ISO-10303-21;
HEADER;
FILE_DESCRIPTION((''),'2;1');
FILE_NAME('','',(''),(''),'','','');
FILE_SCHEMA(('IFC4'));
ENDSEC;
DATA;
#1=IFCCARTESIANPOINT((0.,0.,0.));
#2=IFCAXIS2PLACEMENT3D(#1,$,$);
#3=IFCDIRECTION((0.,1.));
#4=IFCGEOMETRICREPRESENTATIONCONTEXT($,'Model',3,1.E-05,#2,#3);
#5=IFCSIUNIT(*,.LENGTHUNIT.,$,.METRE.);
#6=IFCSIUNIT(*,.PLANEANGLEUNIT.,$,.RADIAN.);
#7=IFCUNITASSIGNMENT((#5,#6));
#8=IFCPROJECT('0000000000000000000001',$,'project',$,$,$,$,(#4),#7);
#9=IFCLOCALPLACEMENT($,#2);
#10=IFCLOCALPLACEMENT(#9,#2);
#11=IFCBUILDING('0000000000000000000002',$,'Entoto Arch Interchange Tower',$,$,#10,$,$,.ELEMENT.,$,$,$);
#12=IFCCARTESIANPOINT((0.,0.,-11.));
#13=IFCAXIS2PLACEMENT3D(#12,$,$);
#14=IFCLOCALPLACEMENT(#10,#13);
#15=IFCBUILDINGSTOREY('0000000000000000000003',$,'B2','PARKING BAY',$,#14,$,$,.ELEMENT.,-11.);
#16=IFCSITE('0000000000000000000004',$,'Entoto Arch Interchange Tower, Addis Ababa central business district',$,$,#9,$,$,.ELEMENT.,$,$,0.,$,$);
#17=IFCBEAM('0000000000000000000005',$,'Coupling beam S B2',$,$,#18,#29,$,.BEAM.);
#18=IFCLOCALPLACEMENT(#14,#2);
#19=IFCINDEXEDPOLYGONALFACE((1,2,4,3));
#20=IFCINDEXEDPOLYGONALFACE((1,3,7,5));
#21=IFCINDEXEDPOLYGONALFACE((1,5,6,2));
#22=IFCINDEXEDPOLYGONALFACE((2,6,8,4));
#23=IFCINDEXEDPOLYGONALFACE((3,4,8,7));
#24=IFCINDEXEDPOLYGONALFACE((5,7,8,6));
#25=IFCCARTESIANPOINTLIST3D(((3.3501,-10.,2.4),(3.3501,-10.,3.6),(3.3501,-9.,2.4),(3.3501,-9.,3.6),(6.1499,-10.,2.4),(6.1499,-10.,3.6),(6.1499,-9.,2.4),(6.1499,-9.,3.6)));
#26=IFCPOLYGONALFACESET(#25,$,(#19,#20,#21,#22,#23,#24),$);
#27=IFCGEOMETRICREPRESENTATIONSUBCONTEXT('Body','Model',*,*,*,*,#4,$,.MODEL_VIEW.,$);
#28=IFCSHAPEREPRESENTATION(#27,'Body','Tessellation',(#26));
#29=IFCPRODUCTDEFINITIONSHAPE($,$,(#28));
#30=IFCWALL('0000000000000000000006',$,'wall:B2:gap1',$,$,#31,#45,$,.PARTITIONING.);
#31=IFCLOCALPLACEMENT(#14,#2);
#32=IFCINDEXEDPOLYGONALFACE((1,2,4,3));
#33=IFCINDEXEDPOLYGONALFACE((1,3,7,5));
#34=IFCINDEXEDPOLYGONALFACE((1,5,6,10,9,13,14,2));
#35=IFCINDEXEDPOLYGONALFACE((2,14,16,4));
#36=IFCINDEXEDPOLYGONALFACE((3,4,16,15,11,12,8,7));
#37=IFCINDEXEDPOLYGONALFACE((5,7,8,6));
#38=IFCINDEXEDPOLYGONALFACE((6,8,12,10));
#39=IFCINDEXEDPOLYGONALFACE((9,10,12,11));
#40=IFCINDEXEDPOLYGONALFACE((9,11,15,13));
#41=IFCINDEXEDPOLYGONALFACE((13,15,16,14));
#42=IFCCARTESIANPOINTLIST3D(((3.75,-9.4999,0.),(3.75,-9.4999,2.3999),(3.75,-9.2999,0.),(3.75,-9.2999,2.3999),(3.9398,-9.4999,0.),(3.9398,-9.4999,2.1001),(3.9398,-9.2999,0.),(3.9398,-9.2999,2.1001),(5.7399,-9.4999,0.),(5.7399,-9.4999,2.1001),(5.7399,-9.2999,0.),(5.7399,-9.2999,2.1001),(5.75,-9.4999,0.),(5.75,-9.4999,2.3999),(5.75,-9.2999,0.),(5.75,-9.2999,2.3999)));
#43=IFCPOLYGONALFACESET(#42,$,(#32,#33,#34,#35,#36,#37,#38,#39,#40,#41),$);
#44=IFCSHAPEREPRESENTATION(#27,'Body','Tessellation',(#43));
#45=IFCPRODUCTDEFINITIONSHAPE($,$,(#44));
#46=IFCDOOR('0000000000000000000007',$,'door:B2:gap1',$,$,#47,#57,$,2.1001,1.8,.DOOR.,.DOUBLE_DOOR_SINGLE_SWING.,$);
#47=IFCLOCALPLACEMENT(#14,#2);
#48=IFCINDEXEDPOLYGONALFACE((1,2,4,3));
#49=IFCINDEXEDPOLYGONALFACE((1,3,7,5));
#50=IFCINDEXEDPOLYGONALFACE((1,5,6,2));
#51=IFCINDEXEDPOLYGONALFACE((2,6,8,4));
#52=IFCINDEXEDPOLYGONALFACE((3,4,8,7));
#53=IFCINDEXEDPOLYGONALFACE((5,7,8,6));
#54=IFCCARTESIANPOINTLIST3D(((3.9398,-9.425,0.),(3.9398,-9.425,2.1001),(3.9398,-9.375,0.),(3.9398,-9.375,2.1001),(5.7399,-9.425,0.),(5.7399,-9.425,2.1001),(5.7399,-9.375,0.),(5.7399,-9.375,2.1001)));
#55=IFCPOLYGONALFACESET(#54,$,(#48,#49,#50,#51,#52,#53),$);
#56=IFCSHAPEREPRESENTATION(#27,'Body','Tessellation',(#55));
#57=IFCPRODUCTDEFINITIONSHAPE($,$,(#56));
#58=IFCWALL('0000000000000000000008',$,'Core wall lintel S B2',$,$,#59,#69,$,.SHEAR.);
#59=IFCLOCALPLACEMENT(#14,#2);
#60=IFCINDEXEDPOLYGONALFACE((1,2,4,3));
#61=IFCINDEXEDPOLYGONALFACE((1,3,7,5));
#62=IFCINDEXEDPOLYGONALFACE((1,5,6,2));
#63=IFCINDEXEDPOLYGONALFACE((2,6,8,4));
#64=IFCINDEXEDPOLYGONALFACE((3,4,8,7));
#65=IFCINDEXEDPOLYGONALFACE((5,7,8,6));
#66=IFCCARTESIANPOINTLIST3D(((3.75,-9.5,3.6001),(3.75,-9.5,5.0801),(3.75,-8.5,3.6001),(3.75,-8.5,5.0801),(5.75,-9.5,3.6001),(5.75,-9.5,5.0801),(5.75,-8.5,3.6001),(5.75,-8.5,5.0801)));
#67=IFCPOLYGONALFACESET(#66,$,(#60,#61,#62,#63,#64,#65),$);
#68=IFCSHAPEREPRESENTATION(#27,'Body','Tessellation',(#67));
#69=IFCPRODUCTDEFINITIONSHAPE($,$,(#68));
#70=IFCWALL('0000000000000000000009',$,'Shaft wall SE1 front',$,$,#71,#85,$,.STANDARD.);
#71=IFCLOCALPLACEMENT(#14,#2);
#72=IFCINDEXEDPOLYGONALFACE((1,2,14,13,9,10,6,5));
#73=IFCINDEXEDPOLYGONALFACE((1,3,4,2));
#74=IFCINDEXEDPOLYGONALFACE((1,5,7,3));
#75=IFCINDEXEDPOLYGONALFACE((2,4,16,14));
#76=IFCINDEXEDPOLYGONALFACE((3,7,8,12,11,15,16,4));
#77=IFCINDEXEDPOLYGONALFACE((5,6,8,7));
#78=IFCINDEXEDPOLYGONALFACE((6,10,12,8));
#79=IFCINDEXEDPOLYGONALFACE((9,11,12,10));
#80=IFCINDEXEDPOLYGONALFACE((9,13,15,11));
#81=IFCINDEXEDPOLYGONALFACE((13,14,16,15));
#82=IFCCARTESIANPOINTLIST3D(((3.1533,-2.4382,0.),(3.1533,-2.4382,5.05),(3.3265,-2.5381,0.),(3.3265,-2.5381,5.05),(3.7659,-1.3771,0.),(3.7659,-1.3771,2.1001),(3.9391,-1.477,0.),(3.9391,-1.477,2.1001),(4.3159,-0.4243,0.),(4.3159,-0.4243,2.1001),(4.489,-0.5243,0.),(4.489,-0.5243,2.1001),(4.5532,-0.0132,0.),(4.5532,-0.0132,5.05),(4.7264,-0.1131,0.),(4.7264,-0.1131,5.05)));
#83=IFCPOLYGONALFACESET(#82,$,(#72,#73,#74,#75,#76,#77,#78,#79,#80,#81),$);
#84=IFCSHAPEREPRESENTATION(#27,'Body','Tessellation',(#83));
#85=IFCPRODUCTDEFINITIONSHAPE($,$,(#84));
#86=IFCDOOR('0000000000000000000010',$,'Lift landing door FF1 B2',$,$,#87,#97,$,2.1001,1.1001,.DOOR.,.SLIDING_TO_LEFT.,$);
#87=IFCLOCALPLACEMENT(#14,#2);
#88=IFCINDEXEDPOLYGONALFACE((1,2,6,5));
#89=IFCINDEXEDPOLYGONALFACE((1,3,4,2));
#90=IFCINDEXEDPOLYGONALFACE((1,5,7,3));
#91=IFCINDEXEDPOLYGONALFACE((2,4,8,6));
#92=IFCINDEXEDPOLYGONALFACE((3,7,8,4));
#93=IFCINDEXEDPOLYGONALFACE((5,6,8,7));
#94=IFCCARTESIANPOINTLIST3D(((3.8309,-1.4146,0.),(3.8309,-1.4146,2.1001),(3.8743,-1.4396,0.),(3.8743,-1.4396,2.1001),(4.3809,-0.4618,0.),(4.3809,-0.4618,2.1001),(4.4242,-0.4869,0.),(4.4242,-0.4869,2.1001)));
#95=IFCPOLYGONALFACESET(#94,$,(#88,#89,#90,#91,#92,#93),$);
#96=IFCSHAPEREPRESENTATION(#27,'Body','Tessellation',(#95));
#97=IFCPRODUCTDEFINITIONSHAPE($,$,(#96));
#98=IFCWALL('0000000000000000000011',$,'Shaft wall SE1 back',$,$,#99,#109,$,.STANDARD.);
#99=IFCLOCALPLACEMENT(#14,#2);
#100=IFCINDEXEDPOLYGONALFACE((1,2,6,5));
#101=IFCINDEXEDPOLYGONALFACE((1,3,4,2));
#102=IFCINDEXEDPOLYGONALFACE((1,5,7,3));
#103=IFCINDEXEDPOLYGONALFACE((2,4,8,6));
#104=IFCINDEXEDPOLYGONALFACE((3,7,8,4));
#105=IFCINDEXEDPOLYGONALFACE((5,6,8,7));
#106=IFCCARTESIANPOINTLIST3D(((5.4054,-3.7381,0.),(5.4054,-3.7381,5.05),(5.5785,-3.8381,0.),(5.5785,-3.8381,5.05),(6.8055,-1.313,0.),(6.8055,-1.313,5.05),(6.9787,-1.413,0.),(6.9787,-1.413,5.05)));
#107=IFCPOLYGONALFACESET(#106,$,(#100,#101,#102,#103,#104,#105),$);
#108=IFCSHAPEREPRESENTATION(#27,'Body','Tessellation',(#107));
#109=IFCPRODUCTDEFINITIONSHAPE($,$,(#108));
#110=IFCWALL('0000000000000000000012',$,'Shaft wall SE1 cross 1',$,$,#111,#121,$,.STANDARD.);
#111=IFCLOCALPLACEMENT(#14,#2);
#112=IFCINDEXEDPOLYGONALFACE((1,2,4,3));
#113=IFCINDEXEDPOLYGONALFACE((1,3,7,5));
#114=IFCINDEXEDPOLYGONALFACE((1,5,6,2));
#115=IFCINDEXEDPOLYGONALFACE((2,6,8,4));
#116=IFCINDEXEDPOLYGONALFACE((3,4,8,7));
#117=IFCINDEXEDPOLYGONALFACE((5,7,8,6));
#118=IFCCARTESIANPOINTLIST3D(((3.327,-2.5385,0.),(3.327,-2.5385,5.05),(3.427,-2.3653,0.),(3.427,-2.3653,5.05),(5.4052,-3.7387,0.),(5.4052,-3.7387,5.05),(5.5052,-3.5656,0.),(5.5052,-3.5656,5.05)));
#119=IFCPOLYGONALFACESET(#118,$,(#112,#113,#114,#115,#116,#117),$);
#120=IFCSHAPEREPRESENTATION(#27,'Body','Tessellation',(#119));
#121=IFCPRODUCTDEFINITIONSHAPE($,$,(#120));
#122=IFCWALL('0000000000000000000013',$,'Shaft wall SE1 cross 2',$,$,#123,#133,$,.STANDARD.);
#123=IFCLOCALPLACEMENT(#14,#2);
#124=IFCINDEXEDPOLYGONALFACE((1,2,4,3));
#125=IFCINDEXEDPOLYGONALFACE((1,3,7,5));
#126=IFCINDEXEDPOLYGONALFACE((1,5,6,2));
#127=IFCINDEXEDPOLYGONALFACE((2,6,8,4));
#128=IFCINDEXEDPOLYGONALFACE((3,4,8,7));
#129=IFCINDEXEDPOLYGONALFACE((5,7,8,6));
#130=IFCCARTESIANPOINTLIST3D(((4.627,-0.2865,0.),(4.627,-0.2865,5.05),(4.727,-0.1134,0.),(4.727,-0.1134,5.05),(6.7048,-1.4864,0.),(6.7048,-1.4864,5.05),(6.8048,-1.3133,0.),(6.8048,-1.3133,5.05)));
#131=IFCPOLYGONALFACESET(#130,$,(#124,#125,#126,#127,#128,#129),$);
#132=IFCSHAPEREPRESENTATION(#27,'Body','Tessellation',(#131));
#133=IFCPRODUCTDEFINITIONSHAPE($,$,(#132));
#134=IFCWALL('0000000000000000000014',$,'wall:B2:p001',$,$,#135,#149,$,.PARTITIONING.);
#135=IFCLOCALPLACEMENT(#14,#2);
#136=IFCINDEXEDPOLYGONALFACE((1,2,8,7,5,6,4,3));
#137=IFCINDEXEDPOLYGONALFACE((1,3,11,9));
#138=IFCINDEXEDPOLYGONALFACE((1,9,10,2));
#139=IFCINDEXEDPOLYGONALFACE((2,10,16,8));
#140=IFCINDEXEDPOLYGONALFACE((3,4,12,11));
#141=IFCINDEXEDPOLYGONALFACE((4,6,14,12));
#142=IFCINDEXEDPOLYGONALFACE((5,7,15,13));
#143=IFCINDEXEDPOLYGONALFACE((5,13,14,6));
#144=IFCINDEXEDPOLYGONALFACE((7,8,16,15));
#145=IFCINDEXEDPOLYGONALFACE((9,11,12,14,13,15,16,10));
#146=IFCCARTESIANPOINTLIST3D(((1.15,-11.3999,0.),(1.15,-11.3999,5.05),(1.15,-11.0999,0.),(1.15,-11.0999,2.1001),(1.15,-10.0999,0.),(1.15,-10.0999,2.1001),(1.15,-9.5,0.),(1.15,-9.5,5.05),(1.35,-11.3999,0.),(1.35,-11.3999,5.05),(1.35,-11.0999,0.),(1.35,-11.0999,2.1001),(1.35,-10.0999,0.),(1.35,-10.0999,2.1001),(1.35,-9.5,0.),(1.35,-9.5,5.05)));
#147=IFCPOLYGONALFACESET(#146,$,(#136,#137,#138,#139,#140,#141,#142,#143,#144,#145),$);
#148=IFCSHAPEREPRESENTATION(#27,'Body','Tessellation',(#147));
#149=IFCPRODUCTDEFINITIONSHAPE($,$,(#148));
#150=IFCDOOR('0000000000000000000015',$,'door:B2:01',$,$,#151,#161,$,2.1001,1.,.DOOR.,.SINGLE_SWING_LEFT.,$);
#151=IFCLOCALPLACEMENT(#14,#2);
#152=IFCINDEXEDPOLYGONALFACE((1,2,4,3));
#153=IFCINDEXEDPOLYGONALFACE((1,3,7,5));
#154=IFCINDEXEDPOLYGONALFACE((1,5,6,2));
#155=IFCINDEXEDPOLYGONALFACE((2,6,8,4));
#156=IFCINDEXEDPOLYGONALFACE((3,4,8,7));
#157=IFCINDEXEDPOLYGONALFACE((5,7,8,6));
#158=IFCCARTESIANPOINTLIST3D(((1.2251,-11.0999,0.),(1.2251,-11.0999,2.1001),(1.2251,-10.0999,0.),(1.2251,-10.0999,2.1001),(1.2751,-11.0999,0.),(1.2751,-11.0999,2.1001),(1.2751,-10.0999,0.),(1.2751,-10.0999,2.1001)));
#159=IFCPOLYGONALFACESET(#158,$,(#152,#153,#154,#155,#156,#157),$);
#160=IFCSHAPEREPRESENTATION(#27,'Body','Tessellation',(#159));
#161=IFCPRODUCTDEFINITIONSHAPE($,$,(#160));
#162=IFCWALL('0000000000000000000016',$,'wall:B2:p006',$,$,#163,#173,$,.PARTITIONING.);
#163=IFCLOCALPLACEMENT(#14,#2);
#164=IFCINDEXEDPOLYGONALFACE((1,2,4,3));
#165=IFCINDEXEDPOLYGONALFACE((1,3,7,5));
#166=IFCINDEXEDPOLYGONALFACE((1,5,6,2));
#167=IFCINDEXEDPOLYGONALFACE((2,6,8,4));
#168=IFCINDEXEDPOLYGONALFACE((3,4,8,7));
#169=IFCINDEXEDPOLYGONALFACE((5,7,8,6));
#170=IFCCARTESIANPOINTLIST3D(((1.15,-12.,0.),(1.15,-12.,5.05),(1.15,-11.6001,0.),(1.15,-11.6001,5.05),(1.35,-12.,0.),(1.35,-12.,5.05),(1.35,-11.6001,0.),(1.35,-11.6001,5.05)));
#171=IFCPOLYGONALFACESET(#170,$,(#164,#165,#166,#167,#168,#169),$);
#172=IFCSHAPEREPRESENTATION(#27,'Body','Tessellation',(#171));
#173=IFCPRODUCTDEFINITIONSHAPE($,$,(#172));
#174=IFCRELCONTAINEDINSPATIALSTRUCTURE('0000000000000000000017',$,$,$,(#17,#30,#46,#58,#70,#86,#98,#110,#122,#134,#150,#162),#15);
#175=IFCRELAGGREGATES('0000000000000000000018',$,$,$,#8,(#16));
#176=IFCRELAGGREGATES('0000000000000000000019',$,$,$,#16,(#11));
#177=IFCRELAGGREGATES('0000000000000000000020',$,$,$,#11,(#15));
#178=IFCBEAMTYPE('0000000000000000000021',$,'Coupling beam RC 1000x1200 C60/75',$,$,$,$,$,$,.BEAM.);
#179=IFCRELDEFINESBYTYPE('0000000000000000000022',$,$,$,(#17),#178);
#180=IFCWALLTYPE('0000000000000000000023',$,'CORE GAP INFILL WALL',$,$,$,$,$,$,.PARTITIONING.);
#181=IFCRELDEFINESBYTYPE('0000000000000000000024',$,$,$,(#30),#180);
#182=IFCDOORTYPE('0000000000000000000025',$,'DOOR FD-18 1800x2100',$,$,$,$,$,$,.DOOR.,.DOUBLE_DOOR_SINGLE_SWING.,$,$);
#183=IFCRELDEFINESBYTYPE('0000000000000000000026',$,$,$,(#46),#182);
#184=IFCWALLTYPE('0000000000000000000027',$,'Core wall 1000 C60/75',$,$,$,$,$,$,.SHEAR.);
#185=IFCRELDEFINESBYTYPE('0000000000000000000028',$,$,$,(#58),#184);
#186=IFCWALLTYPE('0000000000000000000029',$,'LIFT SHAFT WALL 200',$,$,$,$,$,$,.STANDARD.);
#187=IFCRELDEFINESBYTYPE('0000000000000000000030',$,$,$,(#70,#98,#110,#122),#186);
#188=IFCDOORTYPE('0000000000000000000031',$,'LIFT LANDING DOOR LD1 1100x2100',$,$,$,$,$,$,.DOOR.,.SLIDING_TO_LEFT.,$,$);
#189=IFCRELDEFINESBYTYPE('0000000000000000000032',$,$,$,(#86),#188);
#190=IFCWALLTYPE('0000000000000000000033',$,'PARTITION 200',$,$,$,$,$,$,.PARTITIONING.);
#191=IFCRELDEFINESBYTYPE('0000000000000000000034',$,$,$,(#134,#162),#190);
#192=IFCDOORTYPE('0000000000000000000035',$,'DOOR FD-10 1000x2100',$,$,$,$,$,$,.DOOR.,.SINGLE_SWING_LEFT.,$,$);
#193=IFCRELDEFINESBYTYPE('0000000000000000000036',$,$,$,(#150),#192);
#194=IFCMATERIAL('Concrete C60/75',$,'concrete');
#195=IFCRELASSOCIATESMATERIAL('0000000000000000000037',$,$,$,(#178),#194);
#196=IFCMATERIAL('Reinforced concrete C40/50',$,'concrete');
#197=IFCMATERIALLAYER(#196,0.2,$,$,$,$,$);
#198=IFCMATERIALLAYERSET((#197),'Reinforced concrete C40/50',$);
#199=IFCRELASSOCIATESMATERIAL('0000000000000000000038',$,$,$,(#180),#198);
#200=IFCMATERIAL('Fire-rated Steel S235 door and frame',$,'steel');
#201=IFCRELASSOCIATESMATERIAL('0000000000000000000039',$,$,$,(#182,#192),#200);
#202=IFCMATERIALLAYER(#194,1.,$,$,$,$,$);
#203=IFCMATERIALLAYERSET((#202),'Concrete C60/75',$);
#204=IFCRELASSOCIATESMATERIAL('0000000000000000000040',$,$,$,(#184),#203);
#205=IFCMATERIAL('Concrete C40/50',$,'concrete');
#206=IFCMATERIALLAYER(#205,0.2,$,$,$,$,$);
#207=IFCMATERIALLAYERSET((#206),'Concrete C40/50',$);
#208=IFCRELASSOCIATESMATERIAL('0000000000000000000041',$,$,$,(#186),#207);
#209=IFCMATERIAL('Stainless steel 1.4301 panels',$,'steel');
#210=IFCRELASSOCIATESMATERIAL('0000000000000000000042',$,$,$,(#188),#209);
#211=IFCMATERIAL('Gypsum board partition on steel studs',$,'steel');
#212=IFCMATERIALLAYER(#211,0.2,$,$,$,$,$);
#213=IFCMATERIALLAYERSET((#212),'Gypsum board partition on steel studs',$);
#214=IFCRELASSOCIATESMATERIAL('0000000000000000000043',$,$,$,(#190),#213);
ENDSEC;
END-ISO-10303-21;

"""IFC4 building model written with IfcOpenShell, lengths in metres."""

from ifc_helpers import new_model, si_unit, direction, frame, frame_2d, origin, origin_2d, place, context, subcontext, project, spatial, polyline, rectangle, outline, extrude, material, layer, layer_set, material_profile, profile_set, type_object, element, fill, save


model = new_model("IFC4")

# Units and contexts
model_context = context("Model", 3, precision=1e-05, world=origin(), true_north=direction((0.0, 1.0)))
body_context = subcontext(model_context, "Body", "Model", "MODEL_VIEW")
ifc_project = project(units=[si_unit("LENGTHUNIT", "METRE"), si_unit("PLANEANGLEUNIT", "RADIAN")], contexts=[model_context])

# Site, building, storey
site_placement = place(None, origin())
site = spatial("IfcSite", under=ifc_project, at=site_placement, Name="Entoto Arch Interchange Tower, Addis Ababa central business district", CompositionType="ELEMENT", RefElevation=0.0)
building_placement = place(site_placement, origin())
building = spatial("IfcBuilding", under=site, at=building_placement, Name="Entoto Arch Interchange Tower", CompositionType="ELEMENT")
storey_placement = place(building_placement, frame((0.0, 0.0, -11.0)))
storey = spatial("IfcBuildingStorey", under=building, at=storey_placement, Name="B2", Description="PARKING BAY", CompositionType="ELEMENT", Elevation=-11.0)

# Beam
ifc_material_1 = material(Name="Concrete C60/75", Category="concrete")
ifc_material_profile = material_profile(ifc_material_1, rectangle(XDim=1.0, YDim=1.2, at=origin_2d()))
ifc_profile_set = profile_set([ifc_material_profile], Name="Concrete C60/75")
beam_type = type_object("IfcBeamType", Name="Coupling beam RC 1000x1200 C60/75", PredefinedType="BEAM", material=ifc_profile_set)
beam_placement = place(storey_placement, frame((3.3501, -9.5, 3.0), z_axis=(1.0, 0.0, 0.0), x_axis=(0.0, 1.0, 0.0)))
element("IfcBeam", 1, at=beam_placement, inside=storey, type_object=beam_type, Name="Coupling beam S B2", PredefinedType="BEAM", context=body_context, shape_type="SweptSolid", body=[
    extrude(rectangle(XDim=1.0, YDim=1.2, at=origin_2d()), origin(), (0.0, 0.0, 1.0), 2.7998),
])

# Wall, opening, door
ifc_material_2 = material(Name="Reinforced concrete C40/50", Category="concrete")
ifc_layer_1 = layer(ifc_material_2, 0.2)
ifc_layer_set_1 = layer_set([ifc_layer_1], Name="Reinforced concrete C40/50")
wall_type_1 = type_object("IfcWallType", Name="CORE GAP INFILL WALL", PredefinedType="PARTITIONING", material=ifc_layer_set_1)
wall_1_placement = place(storey_placement, frame((3.75, -9.3999, 0.0), z_axis=(0.0, 0.0, 1.0), x_axis=(1.0, 0.0, 0.0)))
wall_1 = element("IfcWall", 2, at=wall_1_placement, inside=storey, type_object=wall_type_1, Name="wall:B2:gap1", PredefinedType="PARTITIONING", context=body_context, shape_type="SweptSolid", body=[
    extrude(rectangle(XDim=2.0, YDim=0.2, at=frame_2d((1.0, 0.0))), origin(), (0.0, 0.0, 1.0), 2.3999),
])
opening_1_placement = place(wall_1_placement, frame((0.1899, 0.0, 0.0)))
opening_1 = element("IfcOpeningElement", 3, at=opening_1_placement, cuts=wall_1, PredefinedType="OPENING", context=body_context, shape_type="SweptSolid", body=[
    extrude(rectangle(XDim=1.8, YDim=2.1001, at=frame_2d((0.8999, 1.05))), frame((0.0, 0.1099, 0.0), z_axis=(0.0, -1.0, 0.0), x_axis=(1.0, 0.0, 0.0)), (0.0, 0.0, 1.0), 0.22),
])
ifc_material_3 = material(Name="Fire-rated Steel S235 door and frame", Category="steel")
door_type_1 = type_object("IfcDoorType", Name="DOOR FD-18 1800x2100", OperationType="DOUBLE_DOOR_SINGLE_SWING", PredefinedType="DOOR", material=ifc_material_3)
door_1_placement = place(opening_1_placement, origin())
door_1 = element("IfcDoor", 4, at=door_1_placement, inside=storey, type_object=door_type_1, Name="door:B2:gap1", OperationType="DOUBLE_DOOR_SINGLE_SWING", OverallHeight=2.1001, OverallWidth=1.8, PredefinedType="DOOR", context=body_context, shape_type="SweptSolid", body=[
    extrude(rectangle(XDim=1.8, YDim=2.1001, at=frame_2d((0.8999, 1.05))), frame((0.0, 0.0249, 0.0), z_axis=(0.0, -1.0, 0.0), x_axis=(1.0, 0.0, 0.0)), (0.0, 0.0, 1.0), 0.05),
])
fill(opening_1, door_1)

# Wall
ifc_layer_2 = layer(ifc_material_1, 1.0)
ifc_layer_set_2 = layer_set([ifc_layer_2], Name="Concrete C60/75")
wall_type_2 = type_object("IfcWallType", Name="Core wall 1000 C60/75", PredefinedType="SHEAR", material=ifc_layer_set_2)
wall_2_placement = place(storey_placement, frame((0.0, 0.0, 3.6001)))
element("IfcWall", 5, at=wall_2_placement, inside=storey, type_object=wall_type_2, Name="Core wall lintel S B2", PredefinedType="SHEAR", context=body_context, shape_type="SweptSolid", body=[
    extrude(outline(polyline([(5.75, -9.5), (5.75, -8.5), (3.75, -8.5), (3.75, -9.5), (5.75, -9.5)])), origin(), (0.0, 0.0, 1.0), 1.48),
])

# Wall, opening, door
ifc_material_4 = material(Name="Concrete C40/50", Category="concrete")
ifc_layer_3 = layer(ifc_material_4, 0.2)
ifc_layer_set_3 = layer_set([ifc_layer_3], Name="Concrete C40/50")
wall_type_3 = type_object("IfcWallType", Name="LIFT SHAFT WALL 200", PredefinedType="STANDARD", material=ifc_layer_set_3)
wall_3_placement = place(storey_placement, frame((3.24, -2.488, 0.0), z_axis=(0.0, 0.0, 1.0), x_axis=(0.499946, 0.866056, 0.0)))
wall_3 = element("IfcWall", 6, at=wall_3_placement, inside=storey, type_object=wall_type_3, Name="Shaft wall SE1 front", PredefinedType="STANDARD", context=body_context, shape_type="SweptSolid", body=[
    extrude(rectangle(XDim=2.8, YDim=0.2, at=frame_2d((1.3999, 0.0))), origin(), (0.0, 0.0, 1.0), 5.05),
])
opening_2_placement = place(wall_3_placement, frame((1.2251, 0.0, 0.0)))
opening_2 = element("IfcOpeningElement", 7, at=opening_2_placement, cuts=wall_3, PredefinedType="OPENING", context=body_context, shape_type="SweptSolid", body=[
    extrude(rectangle(XDim=1.1001, YDim=2.1001, at=frame_2d((0.55, 1.05))), frame((0.0, 0.1099, 0.0), z_axis=(0.0, -1.0, 0.0), x_axis=(1.0, 0.0, 0.0)), (0.0, 0.0, 1.0), 0.22),
])
ifc_material_5 = material(Name="Stainless steel 1.4301 panels", Category="steel")
door_type_2 = type_object("IfcDoorType", Name="LIFT LANDING DOOR LD1 1100x2100", OperationType="SLIDING_TO_LEFT", PredefinedType="DOOR", material=ifc_material_5)
door_2_placement = place(opening_2_placement, origin())
door_2 = element("IfcDoor", 8, at=door_2_placement, inside=storey, type_object=door_type_2, Name="Lift landing door FF1 B2", OperationType="SLIDING_TO_LEFT", OverallHeight=2.1001, OverallWidth=1.1001, PredefinedType="DOOR", context=body_context, shape_type="SweptSolid", body=[
    extrude(rectangle(XDim=1.1001, YDim=2.1001, at=frame_2d((0.55, 1.05))), frame((0.0, 0.0249, 0.0), z_axis=(0.0, -1.0, 0.0), x_axis=(1.0, 0.0, 0.0)), (0.0, 0.0, 1.0), 0.05),
])
fill(opening_2, door_2)

# Walls
wall_4_placement = place(storey_placement, frame((5.4919, -3.7881, 0.0), z_axis=(0.0, 0.0, 1.0), x_axis=(0.500012, 0.866019, 0.0)))
element("IfcWall", 9, at=wall_4_placement, inside=storey, type_object=wall_type_3, Name="Shaft wall SE1 back", PredefinedType="STANDARD", context=body_context, shape_type="SweptSolid", body=[
    extrude(rectangle(XDim=2.8003, YDim=0.2, at=frame_2d((1.4001, 0.0))), origin(), (0.0, 0.0, 1.0), 5.05),
])
wall_5_placement = place(storey_placement, frame((3.377, -2.4519, 0.0), z_axis=(0.0, 0.0, 1.0), x_axis=(0.865955, -0.500122, 0.0)))
element("IfcWall", 10, at=wall_5_placement, inside=storey, type_object=wall_type_3, Name="Shaft wall SE1 cross 1", PredefinedType="STANDARD", context=body_context, shape_type="SweptSolid", body=[
    extrude(rectangle(XDim=2.3999, YDim=0.2, at=frame_2d((1.2, 0.0))), origin(), (0.0, 0.0, 1.0), 5.05),
])
wall_6_placement = place(storey_placement, frame((4.677, -0.2, 0.0), z_axis=(0.0, 0.0, 1.0), x_axis=(0.865974, -0.500089, 0.0)))
element("IfcWall", 11, at=wall_6_placement, inside=storey, type_object=wall_type_3, Name="Shaft wall SE1 cross 2", PredefinedType="STANDARD", context=body_context, shape_type="SweptSolid", body=[
    extrude(rectangle(XDim=2.3994, YDim=0.2, at=frame_2d((1.1997, 0.0))), origin(), (0.0, 0.0, 1.0), 5.05),
])

# Wall, opening, door
ifc_material_6 = material(Name="Gypsum board partition on steel studs", Category="steel")
ifc_layer_4 = layer(ifc_material_6, 0.2)
ifc_layer_set_4 = layer_set([ifc_layer_4], Name="Gypsum board partition on steel studs")
wall_type_4 = type_object("IfcWallType", Name="PARTITION 200", PredefinedType="PARTITIONING", material=ifc_layer_set_4)
wall_7_placement = place(storey_placement, frame((1.25, -11.3999, 0.0), z_axis=(0.0, 0.0, 1.0), x_axis=(0.0, 1.0, 0.0)))
wall_7 = element("IfcWall", 12, at=wall_7_placement, inside=storey, type_object=wall_type_4, Name="wall:B2:p001", PredefinedType="PARTITIONING", context=body_context, shape_type="SweptSolid", body=[
    extrude(rectangle(XDim=1.8999, YDim=0.2, at=frame_2d((0.95, 0.0))), origin(), (0.0, 0.0, 1.0), 5.05),
])
opening_3_placement = place(wall_7_placement, frame((0.3, 0.0, 0.0)))
opening_3 = element("IfcOpeningElement", 13, at=opening_3_placement, cuts=wall_7, PredefinedType="OPENING", context=body_context, shape_type="SweptSolid", body=[
    extrude(rectangle(XDim=1.0, YDim=2.1001, at=frame_2d((0.5, 1.05))), frame((0.0, 0.1099, 0.0), z_axis=(0.0, -1.0, 0.0), x_axis=(1.0, 0.0, 0.0)), (0.0, 0.0, 1.0), 0.22),
])
door_type_3 = type_object("IfcDoorType", Name="DOOR FD-10 1000x2100", OperationType="SINGLE_SWING_LEFT", PredefinedType="DOOR", material=ifc_material_3)
door_3_placement = place(opening_3_placement, origin())
door_3 = element("IfcDoor", 14, at=door_3_placement, inside=storey, type_object=door_type_3, Name="door:B2:01", OperationType="SINGLE_SWING_LEFT", OverallHeight=2.1001, OverallWidth=1.0, PredefinedType="DOOR", context=body_context, shape_type="SweptSolid", body=[
    extrude(rectangle(XDim=1.0, YDim=2.1001, at=frame_2d((0.5, 1.05))), frame((0.0, 0.0249, 0.0), z_axis=(0.0, -1.0, 0.0), x_axis=(1.0, 0.0, 0.0)), (0.0, 0.0, 1.0), 0.05),
])
fill(opening_3, door_3)

# Wall
wall_8_placement = place(storey_placement, frame((1.25, -12.0, 0.0), z_axis=(0.0, 0.0, 1.0), x_axis=(0.0, 1.0, 0.0)))
element("IfcWall", 15, at=wall_8_placement, inside=storey, type_object=wall_type_4, Name="wall:B2:p006", PredefinedType="PARTITIONING", context=body_context, shape_type="SweptSolid", body=[
    extrude(rectangle(XDim=0.3999, YDim=0.2, at=frame_2d((0.2, 0.0))), origin(), (0.0, 0.0, 1.0), 5.05),
])

save(model, "model.ifc")
